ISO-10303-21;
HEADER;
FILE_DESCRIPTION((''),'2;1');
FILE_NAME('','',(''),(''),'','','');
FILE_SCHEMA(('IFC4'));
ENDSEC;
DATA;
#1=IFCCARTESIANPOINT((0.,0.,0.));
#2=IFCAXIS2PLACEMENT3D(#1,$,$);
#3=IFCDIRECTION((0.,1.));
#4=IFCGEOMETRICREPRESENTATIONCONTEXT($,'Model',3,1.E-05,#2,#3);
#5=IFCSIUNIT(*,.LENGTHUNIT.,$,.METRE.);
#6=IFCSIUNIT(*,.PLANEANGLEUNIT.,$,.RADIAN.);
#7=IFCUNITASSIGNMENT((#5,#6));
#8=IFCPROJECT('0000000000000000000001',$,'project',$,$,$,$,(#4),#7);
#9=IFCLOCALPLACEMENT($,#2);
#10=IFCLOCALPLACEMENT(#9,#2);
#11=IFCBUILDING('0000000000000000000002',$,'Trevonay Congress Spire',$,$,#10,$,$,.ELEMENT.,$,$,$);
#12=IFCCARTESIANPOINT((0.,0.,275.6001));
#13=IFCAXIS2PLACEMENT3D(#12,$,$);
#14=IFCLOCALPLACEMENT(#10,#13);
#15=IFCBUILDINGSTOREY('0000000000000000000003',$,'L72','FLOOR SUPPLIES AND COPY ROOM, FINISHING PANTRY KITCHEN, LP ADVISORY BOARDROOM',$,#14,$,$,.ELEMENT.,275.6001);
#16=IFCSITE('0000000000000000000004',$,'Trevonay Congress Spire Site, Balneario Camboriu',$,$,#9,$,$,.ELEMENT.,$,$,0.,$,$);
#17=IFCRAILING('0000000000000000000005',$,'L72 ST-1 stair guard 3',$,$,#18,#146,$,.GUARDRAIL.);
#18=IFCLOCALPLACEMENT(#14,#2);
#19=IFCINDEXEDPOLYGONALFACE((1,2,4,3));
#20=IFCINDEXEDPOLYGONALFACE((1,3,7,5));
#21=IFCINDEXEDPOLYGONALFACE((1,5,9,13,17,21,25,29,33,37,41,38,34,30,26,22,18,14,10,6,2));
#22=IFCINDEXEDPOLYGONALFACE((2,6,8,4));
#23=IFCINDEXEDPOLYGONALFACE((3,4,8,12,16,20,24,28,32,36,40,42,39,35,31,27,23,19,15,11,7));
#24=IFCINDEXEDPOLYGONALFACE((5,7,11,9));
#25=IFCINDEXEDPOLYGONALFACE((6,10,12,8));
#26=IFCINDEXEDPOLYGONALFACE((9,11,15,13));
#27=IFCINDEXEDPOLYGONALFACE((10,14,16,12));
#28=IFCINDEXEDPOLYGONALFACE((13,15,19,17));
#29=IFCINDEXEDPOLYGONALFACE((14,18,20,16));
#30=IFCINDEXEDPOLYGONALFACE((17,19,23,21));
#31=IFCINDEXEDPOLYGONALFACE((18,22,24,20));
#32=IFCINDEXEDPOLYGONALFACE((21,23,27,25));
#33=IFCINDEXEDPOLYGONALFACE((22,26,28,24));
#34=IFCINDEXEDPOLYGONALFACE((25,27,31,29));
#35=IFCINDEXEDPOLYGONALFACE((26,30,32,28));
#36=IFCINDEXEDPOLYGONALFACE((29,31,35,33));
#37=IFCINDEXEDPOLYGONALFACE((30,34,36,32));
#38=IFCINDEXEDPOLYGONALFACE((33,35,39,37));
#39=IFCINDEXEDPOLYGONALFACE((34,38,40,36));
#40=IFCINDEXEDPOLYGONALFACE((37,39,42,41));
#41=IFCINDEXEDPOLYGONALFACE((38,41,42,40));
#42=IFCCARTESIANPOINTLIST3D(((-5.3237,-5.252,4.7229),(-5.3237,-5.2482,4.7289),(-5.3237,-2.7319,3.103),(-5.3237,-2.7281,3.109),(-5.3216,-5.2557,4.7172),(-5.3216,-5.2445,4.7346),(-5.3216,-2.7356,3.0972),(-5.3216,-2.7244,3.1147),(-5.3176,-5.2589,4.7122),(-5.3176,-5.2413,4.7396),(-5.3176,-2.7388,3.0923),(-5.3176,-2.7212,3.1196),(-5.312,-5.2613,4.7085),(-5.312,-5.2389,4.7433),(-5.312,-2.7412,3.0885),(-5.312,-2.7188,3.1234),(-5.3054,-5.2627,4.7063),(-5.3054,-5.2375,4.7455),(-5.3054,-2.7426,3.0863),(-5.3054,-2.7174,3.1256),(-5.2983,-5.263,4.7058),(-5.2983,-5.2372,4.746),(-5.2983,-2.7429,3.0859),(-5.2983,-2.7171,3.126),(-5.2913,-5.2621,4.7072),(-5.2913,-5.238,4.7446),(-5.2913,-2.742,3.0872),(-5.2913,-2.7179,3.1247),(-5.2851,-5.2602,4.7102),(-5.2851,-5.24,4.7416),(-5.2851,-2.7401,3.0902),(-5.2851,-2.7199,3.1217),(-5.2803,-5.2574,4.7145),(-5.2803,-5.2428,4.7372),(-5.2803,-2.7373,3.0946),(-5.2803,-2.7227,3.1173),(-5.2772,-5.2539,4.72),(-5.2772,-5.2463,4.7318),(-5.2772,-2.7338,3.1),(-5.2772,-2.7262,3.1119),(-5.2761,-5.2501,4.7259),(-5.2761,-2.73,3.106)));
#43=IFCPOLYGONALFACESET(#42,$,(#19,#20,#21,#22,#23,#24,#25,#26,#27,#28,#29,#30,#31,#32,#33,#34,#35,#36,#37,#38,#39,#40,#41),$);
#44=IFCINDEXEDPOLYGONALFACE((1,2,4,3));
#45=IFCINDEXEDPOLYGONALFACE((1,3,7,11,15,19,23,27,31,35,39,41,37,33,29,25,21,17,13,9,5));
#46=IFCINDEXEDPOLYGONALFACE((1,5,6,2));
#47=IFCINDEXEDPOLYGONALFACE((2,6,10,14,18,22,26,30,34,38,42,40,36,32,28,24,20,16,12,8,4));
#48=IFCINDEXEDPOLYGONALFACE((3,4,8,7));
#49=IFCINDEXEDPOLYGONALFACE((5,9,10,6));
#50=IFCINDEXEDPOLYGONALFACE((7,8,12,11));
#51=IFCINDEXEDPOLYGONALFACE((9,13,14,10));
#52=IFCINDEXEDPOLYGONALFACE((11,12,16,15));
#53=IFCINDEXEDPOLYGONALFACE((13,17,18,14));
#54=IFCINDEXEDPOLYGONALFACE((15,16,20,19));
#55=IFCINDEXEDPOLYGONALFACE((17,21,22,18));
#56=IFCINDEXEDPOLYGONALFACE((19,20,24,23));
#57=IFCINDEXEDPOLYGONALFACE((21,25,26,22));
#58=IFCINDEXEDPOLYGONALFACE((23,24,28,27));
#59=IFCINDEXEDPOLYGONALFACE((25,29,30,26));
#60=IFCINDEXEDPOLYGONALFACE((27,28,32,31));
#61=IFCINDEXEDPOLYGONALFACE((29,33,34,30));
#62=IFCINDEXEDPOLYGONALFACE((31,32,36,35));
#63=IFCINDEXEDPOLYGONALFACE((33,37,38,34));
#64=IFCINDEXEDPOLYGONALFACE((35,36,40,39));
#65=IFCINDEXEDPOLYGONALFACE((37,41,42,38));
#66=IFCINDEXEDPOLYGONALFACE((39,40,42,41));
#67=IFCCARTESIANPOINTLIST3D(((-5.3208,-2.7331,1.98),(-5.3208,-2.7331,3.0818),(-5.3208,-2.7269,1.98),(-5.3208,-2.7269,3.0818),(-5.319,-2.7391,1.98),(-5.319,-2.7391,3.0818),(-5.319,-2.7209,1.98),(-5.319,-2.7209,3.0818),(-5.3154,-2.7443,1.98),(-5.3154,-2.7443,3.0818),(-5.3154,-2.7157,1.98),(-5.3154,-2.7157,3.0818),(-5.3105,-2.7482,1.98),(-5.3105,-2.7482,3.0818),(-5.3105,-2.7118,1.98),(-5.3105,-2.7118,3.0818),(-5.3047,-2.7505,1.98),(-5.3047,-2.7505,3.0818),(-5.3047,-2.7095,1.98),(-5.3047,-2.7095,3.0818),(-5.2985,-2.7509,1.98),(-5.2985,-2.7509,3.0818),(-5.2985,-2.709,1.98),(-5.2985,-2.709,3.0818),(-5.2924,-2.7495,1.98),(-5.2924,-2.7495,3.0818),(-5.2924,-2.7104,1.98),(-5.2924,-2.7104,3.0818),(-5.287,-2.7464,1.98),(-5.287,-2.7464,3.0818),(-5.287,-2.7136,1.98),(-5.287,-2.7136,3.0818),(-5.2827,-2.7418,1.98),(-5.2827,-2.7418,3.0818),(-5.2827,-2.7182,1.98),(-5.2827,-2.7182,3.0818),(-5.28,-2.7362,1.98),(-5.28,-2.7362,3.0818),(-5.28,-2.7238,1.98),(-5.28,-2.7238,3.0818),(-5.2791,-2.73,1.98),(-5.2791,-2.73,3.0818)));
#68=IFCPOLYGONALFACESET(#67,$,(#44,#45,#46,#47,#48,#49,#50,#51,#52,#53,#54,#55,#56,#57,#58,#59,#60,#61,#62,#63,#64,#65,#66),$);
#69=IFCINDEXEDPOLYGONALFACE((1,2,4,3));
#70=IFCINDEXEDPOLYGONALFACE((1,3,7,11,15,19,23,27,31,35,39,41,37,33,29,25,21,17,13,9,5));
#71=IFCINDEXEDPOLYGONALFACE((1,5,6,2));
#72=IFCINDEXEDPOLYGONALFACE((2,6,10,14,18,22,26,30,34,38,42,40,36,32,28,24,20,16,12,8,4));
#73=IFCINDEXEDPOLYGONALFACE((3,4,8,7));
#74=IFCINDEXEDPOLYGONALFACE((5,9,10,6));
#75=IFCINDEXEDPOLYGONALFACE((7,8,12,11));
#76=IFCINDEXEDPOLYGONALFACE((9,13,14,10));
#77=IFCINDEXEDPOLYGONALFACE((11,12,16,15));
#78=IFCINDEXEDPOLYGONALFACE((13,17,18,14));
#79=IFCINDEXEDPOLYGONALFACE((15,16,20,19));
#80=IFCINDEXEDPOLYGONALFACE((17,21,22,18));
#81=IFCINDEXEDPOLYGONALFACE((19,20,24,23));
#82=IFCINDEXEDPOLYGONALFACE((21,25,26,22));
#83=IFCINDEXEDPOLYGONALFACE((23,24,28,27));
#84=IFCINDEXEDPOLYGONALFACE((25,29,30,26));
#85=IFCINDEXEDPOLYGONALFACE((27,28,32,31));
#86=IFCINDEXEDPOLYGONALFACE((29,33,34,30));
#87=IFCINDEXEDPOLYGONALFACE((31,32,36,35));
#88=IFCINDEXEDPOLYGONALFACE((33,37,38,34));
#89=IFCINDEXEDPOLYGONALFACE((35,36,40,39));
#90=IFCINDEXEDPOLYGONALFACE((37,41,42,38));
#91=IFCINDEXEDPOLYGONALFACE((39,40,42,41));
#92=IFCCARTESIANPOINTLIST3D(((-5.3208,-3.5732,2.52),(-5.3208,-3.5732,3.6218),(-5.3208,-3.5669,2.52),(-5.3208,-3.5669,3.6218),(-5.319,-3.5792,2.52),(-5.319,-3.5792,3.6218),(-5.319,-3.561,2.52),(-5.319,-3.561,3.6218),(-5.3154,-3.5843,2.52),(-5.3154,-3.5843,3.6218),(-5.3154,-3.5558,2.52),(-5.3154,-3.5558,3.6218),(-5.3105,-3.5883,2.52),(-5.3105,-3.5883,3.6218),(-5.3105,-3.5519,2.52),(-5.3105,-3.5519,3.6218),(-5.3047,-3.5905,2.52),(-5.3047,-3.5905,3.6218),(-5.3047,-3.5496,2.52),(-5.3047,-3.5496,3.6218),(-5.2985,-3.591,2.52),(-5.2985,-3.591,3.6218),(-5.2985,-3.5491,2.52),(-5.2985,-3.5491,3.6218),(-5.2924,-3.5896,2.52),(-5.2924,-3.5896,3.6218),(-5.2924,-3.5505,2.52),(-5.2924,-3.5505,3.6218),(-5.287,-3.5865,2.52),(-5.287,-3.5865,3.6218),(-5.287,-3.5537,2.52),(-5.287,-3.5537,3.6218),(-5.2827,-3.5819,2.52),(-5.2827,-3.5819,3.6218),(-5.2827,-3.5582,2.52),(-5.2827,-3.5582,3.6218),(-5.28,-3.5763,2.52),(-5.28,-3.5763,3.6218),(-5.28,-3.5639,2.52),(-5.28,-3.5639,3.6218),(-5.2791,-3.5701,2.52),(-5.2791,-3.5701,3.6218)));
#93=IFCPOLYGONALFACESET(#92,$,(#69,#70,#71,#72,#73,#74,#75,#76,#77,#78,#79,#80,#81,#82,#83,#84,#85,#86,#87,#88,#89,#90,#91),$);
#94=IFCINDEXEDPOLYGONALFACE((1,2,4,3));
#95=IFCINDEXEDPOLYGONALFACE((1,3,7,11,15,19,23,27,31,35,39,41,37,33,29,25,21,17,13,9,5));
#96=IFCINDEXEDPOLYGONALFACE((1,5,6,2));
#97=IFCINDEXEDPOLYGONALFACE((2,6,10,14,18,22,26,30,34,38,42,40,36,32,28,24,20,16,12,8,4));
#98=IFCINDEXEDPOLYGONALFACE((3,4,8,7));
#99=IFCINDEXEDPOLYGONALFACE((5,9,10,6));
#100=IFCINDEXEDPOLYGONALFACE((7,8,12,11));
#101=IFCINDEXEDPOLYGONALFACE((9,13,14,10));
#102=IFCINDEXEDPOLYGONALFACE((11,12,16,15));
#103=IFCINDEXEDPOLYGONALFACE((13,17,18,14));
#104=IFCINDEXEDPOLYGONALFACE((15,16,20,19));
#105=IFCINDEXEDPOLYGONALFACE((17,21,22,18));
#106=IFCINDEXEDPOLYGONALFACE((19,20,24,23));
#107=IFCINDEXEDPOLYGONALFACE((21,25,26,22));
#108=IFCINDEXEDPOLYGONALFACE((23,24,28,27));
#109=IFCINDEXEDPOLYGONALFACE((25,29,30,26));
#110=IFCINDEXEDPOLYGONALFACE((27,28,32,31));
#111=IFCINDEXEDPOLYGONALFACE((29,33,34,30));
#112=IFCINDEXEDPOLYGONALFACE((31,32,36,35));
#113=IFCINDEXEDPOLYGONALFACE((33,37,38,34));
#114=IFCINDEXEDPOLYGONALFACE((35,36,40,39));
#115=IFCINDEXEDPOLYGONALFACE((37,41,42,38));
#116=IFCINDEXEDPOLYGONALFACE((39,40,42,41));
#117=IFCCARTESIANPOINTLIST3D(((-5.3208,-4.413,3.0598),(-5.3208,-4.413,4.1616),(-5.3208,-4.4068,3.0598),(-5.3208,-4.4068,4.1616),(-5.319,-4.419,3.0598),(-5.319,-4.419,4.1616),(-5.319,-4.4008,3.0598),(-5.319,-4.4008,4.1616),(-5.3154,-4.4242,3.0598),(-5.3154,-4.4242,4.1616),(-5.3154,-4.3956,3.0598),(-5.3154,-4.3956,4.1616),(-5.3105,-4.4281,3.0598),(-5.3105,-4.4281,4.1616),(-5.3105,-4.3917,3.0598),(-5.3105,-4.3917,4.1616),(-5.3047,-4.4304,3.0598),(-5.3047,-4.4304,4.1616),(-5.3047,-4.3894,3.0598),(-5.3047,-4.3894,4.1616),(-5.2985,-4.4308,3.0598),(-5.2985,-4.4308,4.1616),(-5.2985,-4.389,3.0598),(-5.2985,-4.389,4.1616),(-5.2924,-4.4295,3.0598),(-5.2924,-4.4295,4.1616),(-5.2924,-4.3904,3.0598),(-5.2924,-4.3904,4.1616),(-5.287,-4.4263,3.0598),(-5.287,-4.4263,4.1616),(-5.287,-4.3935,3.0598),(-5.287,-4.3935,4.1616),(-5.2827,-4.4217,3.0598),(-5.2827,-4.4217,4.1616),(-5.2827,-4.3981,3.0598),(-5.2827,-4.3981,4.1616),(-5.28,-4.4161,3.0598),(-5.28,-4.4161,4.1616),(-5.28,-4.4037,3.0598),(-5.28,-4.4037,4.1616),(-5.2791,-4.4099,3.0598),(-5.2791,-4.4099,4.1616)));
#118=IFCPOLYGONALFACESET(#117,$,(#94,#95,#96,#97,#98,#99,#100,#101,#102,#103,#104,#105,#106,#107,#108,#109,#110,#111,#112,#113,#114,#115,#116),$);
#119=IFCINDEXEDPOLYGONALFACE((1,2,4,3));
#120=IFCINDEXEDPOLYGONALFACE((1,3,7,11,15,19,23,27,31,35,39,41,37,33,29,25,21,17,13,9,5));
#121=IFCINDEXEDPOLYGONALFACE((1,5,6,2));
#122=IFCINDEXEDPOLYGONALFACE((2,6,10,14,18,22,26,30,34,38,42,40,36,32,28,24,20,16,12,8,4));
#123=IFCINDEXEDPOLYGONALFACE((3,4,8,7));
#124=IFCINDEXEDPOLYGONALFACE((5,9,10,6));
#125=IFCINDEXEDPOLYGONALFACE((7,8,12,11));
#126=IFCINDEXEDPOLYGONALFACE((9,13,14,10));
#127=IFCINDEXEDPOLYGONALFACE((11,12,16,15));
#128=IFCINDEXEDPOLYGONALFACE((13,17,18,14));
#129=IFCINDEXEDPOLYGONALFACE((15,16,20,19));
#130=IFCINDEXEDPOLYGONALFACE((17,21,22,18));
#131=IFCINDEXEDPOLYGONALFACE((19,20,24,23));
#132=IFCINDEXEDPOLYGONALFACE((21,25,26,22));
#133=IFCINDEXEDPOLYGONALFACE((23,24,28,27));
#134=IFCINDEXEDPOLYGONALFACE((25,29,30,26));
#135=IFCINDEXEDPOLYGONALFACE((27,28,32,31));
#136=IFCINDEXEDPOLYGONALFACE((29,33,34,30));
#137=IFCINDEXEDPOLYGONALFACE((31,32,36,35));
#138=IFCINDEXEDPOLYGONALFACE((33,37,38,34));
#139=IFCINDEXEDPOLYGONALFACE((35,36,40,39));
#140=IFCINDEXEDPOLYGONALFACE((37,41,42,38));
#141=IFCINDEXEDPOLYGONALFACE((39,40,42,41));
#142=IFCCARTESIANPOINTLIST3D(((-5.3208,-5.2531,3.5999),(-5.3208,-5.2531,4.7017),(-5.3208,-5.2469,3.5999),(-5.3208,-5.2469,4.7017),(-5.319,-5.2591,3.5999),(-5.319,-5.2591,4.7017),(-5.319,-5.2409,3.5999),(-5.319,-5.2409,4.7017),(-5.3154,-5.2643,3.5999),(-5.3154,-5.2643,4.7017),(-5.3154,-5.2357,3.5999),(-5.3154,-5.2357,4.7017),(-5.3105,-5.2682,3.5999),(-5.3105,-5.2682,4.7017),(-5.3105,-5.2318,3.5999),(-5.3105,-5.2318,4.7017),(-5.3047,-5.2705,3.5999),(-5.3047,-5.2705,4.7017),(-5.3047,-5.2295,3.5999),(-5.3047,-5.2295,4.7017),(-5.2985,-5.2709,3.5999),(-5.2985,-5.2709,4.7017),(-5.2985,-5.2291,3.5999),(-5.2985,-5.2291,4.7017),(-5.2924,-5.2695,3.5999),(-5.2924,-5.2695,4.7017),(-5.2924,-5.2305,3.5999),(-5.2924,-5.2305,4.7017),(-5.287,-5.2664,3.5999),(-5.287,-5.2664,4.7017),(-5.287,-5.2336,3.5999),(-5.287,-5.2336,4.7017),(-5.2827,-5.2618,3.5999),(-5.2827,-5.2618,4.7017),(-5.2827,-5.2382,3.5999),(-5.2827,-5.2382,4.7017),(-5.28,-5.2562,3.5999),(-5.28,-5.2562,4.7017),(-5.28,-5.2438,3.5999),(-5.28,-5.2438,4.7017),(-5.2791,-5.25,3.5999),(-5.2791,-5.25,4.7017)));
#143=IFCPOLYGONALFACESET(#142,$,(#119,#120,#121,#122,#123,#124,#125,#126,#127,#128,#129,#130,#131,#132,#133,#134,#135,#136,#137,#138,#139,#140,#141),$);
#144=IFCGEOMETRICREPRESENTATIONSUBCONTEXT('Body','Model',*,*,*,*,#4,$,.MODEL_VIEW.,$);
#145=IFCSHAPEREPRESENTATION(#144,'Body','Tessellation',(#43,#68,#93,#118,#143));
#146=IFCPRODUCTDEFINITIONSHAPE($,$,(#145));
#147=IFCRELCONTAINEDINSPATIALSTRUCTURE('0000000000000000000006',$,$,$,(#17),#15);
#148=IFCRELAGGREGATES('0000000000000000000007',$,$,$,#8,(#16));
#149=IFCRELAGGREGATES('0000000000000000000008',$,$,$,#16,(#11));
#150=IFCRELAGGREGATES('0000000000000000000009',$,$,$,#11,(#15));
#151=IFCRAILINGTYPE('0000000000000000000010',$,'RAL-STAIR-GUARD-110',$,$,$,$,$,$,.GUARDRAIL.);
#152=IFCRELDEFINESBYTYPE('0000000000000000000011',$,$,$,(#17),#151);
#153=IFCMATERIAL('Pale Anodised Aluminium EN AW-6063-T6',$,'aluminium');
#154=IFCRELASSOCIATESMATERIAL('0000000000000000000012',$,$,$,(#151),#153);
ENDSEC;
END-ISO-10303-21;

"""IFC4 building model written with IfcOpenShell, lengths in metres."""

from ifc_helpers import new_model, si_unit, direction, frame, origin, origin_2d, place, context, subcontext, project, spatial, circle, extrude, material, type_object, element, save


model = new_model("IFC4")

# Units and contexts
model_context = context("Model", 3, precision=1e-05, world=origin(), true_north=direction((0.0, 1.0)))
body_context = subcontext(model_context, "Body", "Model", "MODEL_VIEW")
ifc_project = project(units=[si_unit("LENGTHUNIT", "METRE"), si_unit("PLANEANGLEUNIT", "RADIAN")], contexts=[model_context])

# Site, building, storey
site_placement = place(None, origin())
site = spatial("IfcSite", under=ifc_project, at=site_placement, Name="Trevonay Congress Spire Site, Balneario Camboriu", CompositionType="ELEMENT", RefElevation=0.0)
building_placement = place(site_placement, origin())
building = spatial("IfcBuilding", under=site, at=building_placement, Name="Trevonay Congress Spire", CompositionType="ELEMENT")
storey_placement = place(building_placement, frame((0.0, 0.0, 275.6001)))
storey = spatial("IfcBuildingStorey", under=building, at=storey_placement, Name="L72", Description="FLOOR SUPPLIES AND COPY ROOM, FINISHING PANTRY KITCHEN, LP ADVISORY BOARDROOM", CompositionType="ELEMENT", Elevation=275.6001)

# Railing
ifc_material_1 = material(Name="Pale Anodised Aluminium EN AW-6063-T6", Category="aluminium")
railing_type_1 = type_object("IfcRailingType", Name="RAL-STAIR-GUARD-110", PredefinedType="GUARDRAIL", material=ifc_material_1)
railing_1_placement = place(storey_placement, frame((-5.3, -2.73, 1.98)))
element("IfcRailing", 1, at=railing_1_placement, inside=storey, type_object=railing_type_1, Name="L72 ST-1 stair guard 3", PredefinedType="GUARDRAIL", context=body_context, shape_type="SweptSolid", body=[
    extrude(circle(Radius=0.0239, at=origin_2d()), frame((0.0, 0.0, 1.126), z_axis=(0.0, -0.8412, 0.540725), x_axis=(1.0, 0.0, 0.0)), (0.0, 0.0, 1.0), 2.9958),
    extrude(circle(Radius=0.021, at=origin_2d()), origin(), (0.0, 0.0, 1.0), 1.1018),
    extrude(circle(Radius=0.021, at=origin_2d()), frame((0.0, -0.8401, 0.54)), (0.0, 0.0, 1.0), 1.1018),
    extrude(circle(Radius=0.021, at=origin_2d()), frame((0.0, -1.6799, 1.0798)), (0.0, 0.0, 1.0), 1.1018),
    extrude(circle(Radius=0.021, at=origin_2d()), frame((0.0, -2.52, 1.6199)), (0.0, 0.0, 1.0), 1.1018),
])

save(model, "model.ifc")
